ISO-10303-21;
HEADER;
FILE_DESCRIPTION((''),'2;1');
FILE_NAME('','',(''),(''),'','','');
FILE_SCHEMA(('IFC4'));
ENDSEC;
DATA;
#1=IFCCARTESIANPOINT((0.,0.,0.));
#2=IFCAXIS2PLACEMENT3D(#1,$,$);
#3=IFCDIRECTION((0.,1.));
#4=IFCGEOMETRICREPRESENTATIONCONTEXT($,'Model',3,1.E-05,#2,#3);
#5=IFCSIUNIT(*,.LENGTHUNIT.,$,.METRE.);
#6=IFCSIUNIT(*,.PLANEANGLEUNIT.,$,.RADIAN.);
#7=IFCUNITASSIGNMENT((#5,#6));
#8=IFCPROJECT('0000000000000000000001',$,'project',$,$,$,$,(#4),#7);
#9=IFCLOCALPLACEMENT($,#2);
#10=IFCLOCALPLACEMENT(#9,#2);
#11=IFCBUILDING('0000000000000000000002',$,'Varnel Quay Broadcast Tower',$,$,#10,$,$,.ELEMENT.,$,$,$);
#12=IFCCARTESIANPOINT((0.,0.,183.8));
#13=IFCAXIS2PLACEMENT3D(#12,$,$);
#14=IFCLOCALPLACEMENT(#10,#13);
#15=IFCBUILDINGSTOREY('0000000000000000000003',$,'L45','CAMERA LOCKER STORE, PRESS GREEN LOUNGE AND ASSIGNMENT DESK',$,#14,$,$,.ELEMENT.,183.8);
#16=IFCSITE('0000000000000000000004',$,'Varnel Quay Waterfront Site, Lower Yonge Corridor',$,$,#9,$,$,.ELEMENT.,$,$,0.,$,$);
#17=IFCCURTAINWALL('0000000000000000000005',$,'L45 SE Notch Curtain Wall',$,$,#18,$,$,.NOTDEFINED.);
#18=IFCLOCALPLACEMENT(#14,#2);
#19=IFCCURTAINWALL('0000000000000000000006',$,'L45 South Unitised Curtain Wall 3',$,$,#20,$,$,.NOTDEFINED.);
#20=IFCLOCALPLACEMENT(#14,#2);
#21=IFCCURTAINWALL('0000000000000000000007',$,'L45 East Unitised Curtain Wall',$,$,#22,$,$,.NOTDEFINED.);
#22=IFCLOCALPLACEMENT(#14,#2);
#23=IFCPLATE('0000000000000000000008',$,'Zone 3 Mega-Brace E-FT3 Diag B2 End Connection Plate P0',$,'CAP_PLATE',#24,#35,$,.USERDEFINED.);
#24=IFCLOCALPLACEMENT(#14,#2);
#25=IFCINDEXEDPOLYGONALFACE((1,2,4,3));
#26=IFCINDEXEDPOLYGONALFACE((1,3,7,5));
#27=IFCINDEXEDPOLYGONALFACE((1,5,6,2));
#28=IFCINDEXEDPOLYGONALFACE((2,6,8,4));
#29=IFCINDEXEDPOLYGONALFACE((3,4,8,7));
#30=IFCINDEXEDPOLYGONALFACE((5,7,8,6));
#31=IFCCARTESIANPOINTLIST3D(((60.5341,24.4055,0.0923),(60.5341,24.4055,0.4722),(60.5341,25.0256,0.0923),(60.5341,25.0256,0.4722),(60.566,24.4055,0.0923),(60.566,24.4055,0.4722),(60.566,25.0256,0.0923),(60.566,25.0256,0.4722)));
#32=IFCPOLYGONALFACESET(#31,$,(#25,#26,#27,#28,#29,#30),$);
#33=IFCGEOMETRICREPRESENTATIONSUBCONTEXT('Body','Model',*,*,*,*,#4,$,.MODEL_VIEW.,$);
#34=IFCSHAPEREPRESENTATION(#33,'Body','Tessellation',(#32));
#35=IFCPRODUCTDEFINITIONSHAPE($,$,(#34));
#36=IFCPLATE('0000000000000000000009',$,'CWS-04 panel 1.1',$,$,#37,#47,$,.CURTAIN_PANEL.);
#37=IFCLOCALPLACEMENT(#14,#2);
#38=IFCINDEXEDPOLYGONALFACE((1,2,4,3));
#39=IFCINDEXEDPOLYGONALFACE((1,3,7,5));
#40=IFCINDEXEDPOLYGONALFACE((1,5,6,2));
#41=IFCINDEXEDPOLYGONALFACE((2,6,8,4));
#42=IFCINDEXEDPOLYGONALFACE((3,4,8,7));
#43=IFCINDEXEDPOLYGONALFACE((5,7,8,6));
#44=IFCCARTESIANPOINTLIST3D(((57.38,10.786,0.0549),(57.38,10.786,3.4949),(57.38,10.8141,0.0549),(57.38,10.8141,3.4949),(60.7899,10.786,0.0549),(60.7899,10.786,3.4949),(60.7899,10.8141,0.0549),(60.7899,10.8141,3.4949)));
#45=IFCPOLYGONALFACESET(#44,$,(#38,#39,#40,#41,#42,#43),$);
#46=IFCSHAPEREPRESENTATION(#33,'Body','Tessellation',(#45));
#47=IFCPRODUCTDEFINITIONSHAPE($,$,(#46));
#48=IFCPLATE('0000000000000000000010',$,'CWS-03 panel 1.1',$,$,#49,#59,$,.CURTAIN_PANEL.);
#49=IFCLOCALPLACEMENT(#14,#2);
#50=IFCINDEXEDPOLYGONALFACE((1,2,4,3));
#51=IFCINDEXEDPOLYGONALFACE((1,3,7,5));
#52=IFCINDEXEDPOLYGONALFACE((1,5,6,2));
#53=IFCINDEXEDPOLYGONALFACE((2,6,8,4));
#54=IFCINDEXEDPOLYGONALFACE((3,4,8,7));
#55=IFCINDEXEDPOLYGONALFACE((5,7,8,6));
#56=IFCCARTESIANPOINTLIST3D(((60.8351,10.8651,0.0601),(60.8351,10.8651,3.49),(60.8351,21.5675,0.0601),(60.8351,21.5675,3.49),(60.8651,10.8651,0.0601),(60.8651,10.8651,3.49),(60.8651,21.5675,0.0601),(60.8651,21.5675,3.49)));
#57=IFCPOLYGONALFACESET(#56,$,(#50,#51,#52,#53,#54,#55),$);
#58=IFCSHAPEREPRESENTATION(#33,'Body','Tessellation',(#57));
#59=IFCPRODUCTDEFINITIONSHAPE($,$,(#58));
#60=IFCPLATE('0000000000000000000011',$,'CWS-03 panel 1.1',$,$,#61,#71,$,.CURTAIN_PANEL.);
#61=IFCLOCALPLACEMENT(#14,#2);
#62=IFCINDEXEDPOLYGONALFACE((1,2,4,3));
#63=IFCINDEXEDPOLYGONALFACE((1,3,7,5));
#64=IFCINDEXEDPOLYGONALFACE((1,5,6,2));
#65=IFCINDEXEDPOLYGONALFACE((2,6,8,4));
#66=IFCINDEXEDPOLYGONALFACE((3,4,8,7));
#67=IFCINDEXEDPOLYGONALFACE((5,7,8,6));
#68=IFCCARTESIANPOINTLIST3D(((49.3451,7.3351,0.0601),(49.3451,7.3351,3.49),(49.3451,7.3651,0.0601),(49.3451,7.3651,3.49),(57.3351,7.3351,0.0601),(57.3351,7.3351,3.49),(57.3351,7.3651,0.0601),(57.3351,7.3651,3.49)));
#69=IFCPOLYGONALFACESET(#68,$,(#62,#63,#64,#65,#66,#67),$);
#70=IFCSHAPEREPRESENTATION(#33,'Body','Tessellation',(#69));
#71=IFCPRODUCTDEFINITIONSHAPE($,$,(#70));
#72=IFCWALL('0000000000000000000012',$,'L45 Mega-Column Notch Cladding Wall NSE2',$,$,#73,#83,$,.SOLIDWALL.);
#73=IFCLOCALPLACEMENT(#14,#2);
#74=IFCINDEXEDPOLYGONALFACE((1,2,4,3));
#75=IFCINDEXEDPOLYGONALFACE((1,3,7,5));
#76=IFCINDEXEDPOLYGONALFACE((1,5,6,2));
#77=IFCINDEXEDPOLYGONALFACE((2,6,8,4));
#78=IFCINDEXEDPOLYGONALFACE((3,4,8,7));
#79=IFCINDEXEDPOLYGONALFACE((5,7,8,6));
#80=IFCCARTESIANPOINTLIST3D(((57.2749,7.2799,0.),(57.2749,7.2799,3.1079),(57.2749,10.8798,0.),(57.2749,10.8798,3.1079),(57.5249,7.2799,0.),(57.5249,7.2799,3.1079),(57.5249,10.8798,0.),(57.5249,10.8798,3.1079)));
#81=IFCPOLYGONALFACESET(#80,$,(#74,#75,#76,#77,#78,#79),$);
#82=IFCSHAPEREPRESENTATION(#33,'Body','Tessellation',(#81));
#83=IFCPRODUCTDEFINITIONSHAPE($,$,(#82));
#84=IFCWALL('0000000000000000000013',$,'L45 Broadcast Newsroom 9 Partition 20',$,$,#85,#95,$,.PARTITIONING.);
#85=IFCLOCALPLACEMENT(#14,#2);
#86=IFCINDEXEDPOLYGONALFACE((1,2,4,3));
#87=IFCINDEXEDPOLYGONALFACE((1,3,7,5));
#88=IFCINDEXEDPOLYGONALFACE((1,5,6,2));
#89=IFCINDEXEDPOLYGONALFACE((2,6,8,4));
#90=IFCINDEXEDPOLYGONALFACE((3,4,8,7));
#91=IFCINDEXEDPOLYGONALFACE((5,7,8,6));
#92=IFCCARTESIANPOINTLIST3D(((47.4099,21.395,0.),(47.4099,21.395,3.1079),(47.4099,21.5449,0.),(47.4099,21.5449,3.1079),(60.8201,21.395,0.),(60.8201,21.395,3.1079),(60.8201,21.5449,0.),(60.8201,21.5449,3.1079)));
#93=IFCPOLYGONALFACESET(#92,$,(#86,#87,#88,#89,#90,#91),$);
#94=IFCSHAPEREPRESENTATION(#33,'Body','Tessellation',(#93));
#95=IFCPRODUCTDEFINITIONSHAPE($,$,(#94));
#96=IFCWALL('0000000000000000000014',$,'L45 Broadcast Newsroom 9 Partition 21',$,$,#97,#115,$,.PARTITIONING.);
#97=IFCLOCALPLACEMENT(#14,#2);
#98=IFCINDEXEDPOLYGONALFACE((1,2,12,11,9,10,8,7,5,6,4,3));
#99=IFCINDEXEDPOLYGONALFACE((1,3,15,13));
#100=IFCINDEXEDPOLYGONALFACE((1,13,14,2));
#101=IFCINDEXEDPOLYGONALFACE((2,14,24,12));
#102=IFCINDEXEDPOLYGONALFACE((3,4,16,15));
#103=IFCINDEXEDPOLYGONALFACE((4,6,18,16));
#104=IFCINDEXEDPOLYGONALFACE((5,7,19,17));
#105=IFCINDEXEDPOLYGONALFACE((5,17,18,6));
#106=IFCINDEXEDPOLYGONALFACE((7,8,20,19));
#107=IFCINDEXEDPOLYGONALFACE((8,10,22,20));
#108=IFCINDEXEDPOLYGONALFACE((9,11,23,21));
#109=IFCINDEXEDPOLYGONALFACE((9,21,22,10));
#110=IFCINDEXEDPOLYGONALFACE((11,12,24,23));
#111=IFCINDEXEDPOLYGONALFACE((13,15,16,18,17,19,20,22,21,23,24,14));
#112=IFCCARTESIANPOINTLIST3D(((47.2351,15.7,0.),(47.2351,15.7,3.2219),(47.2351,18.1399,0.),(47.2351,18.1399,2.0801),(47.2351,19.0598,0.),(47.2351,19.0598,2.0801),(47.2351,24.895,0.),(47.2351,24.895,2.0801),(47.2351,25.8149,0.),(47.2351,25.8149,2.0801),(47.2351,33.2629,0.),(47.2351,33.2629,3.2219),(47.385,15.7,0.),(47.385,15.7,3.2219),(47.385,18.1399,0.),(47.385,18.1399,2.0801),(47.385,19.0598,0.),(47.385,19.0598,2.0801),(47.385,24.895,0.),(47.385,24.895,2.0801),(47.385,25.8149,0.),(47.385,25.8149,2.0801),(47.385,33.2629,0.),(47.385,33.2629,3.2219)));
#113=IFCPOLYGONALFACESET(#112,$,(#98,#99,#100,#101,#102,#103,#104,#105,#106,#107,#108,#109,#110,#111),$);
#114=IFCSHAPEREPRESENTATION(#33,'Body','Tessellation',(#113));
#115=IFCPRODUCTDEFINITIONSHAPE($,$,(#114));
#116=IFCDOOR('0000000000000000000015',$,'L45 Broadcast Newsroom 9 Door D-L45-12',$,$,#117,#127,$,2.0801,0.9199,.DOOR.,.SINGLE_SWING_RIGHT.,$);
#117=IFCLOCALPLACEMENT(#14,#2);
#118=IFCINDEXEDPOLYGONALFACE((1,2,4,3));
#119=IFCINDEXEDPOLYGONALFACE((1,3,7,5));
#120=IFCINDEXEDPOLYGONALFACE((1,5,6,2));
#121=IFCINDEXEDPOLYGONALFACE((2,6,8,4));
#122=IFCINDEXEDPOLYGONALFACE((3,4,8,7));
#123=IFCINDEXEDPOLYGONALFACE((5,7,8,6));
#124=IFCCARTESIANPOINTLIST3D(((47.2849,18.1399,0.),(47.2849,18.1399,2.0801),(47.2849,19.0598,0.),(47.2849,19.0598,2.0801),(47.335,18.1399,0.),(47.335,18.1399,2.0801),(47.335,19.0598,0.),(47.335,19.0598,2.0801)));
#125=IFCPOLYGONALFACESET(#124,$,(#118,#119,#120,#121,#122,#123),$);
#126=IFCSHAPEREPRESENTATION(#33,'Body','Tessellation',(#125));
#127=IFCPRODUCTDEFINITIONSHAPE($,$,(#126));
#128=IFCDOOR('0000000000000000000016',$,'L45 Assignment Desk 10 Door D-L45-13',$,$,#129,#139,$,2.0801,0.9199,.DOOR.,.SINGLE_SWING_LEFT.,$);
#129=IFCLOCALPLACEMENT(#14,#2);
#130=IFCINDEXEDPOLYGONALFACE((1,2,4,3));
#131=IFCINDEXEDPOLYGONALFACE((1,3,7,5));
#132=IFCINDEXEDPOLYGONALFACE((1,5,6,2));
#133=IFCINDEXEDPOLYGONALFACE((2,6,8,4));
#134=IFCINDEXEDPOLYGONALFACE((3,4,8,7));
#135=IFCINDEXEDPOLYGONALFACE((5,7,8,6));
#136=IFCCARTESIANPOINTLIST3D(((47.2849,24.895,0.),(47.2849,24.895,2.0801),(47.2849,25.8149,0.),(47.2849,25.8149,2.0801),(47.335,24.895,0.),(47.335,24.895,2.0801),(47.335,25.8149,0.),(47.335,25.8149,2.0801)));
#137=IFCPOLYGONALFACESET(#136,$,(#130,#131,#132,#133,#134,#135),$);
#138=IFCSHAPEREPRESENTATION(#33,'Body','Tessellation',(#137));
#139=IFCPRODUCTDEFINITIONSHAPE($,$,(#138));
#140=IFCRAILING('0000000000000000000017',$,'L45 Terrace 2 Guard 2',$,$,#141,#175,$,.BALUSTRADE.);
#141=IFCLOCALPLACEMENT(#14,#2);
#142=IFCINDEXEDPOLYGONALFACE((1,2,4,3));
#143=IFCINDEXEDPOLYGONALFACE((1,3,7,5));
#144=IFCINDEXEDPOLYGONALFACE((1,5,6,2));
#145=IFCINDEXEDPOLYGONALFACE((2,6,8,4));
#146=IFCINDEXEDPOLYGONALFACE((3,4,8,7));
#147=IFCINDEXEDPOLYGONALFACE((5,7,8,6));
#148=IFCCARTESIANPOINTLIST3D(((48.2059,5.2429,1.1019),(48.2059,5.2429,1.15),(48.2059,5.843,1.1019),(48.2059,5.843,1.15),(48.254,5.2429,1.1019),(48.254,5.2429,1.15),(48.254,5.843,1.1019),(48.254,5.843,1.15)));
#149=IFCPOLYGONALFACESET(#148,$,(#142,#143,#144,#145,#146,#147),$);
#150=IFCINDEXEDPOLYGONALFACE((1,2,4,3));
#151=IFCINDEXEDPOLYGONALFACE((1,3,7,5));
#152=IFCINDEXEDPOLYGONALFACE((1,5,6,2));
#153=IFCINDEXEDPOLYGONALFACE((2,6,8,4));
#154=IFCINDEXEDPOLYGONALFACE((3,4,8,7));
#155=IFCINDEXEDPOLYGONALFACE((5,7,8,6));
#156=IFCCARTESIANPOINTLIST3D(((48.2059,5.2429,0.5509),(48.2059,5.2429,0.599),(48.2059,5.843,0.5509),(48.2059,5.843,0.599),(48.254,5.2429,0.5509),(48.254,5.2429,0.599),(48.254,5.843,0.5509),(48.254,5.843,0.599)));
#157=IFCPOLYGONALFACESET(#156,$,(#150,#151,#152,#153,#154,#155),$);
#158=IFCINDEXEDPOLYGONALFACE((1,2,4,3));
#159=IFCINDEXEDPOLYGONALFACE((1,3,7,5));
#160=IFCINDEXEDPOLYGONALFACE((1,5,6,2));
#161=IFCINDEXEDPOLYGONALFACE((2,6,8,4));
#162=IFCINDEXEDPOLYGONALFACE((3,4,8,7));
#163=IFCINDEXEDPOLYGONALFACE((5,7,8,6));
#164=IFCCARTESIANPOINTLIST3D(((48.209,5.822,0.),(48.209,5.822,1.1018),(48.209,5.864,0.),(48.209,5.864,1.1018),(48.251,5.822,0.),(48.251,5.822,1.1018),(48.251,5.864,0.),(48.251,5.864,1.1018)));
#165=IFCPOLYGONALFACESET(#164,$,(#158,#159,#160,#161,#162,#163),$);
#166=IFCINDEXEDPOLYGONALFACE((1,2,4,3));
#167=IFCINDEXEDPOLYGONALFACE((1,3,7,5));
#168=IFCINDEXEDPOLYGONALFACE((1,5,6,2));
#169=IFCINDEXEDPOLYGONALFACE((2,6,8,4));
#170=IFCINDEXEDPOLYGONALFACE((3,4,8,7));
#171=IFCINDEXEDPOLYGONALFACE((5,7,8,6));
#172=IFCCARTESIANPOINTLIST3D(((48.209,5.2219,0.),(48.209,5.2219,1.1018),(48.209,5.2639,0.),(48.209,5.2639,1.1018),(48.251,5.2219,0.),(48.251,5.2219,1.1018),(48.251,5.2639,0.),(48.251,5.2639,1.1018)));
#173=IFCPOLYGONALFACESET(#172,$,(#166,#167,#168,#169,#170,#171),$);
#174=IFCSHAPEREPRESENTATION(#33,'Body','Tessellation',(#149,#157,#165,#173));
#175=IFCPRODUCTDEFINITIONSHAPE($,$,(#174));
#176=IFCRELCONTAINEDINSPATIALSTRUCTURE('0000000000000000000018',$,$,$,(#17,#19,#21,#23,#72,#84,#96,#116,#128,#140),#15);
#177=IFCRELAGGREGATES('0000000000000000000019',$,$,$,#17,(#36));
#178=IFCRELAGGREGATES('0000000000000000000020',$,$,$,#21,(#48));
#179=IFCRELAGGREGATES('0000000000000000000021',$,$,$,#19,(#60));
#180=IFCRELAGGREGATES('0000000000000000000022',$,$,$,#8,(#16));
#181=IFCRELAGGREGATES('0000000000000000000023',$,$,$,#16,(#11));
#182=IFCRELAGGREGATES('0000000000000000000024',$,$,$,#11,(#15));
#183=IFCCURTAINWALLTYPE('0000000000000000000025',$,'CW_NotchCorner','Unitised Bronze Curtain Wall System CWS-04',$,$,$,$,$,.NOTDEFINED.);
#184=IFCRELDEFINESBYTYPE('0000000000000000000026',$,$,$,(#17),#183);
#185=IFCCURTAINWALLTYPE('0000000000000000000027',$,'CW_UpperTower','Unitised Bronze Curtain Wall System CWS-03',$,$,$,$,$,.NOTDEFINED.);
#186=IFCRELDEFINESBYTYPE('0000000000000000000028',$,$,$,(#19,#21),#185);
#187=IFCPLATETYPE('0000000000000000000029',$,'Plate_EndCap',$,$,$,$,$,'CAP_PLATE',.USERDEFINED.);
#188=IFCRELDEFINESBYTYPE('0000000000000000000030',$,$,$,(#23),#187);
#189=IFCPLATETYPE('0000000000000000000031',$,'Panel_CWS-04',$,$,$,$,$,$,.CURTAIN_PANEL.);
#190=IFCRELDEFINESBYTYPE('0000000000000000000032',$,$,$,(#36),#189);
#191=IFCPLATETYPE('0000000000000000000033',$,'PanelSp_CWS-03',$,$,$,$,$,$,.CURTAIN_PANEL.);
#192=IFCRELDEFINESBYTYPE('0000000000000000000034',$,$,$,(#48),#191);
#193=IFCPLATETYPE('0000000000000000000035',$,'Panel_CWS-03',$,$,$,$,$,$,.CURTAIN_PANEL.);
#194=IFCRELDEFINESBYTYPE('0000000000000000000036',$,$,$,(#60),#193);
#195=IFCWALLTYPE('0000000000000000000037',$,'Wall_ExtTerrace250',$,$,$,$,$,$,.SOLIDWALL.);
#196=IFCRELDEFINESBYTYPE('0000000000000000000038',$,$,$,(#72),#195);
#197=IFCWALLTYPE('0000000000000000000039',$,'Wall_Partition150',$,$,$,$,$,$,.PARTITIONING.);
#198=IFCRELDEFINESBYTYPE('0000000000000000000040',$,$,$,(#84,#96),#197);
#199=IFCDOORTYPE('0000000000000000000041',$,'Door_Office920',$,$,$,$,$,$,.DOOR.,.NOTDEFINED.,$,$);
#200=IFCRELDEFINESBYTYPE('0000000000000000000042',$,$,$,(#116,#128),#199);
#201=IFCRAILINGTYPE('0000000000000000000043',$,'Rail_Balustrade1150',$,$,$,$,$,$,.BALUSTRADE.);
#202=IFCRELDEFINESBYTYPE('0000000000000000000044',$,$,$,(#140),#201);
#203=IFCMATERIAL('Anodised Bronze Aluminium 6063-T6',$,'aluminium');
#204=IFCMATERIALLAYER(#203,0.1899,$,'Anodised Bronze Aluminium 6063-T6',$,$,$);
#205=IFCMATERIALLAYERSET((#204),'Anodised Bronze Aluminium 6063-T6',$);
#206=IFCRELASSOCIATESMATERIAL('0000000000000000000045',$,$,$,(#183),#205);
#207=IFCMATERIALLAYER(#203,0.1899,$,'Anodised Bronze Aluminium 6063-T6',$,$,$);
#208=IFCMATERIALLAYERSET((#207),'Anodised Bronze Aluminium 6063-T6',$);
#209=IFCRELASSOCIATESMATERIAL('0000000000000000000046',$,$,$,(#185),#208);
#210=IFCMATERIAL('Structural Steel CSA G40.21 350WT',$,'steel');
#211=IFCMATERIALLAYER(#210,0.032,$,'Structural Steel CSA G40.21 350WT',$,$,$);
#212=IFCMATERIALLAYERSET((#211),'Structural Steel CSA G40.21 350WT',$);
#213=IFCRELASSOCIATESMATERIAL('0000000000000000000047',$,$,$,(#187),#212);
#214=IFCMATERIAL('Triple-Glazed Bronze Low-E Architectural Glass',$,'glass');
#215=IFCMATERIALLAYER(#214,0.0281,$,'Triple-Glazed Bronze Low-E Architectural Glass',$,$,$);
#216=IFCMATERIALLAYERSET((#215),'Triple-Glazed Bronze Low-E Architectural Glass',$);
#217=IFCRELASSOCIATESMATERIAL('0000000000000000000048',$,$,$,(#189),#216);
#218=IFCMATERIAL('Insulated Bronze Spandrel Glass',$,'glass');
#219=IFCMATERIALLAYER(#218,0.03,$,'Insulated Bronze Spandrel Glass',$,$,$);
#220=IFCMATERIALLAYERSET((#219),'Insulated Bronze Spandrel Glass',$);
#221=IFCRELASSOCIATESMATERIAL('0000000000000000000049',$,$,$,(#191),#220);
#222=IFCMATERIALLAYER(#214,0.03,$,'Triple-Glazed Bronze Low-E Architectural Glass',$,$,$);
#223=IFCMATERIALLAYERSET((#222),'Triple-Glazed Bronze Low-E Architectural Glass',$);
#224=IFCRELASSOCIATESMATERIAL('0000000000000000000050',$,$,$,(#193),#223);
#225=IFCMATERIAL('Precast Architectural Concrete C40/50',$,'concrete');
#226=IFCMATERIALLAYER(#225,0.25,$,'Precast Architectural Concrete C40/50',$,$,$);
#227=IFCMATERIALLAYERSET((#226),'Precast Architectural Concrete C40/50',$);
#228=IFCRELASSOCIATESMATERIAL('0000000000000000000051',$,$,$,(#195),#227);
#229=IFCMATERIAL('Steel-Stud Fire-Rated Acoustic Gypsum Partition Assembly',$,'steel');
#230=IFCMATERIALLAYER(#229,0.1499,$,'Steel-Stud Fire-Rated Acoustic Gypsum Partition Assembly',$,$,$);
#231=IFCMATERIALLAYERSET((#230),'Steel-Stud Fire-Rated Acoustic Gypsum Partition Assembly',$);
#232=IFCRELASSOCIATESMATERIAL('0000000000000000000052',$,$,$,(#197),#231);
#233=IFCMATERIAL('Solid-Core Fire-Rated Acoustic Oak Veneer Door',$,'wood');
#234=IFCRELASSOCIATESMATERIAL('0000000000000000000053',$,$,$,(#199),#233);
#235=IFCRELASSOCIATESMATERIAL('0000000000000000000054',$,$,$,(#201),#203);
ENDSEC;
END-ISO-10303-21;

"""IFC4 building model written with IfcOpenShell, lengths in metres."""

from ifc_helpers import new_model, si_unit, direction, frame, frame_2d, origin, origin_2d, place, context, subcontext, project, spatial, rectangle, extrude, source, transform, mapped, material, layer, layer_set, type_object, type_shapes, element, fill, aggregate, save


model = new_model("IFC4")

# Units and contexts
model_context = context("Model", 3, precision=1e-05, world=origin(), true_north=direction((0.0, 1.0)))
body_context = subcontext(model_context, "Body", "Model", "MODEL_VIEW")
ifc_project = project(units=[si_unit("LENGTHUNIT", "METRE"), si_unit("PLANEANGLEUNIT", "RADIAN")], contexts=[model_context])

# Site, building, storey
site_placement = place(None, origin())
site = spatial("IfcSite", under=ifc_project, at=site_placement, Name="Varnel Quay Waterfront Site, Lower Yonge Corridor", CompositionType="ELEMENT", RefElevation=0.0)
building_placement = place(site_placement, origin())
building = spatial("IfcBuilding", under=site, at=building_placement, Name="Varnel Quay Broadcast Tower", CompositionType="ELEMENT")
storey_placement = place(building_placement, frame((0.0, 0.0, 183.8)))
storey = spatial("IfcBuildingStorey", under=building, at=storey_placement, Name="L45", Description="CAMERA LOCKER STORE, PRESS GREEN LOUNGE AND ASSIGNMENT DESK", CompositionType="ELEMENT", Elevation=183.8)

# Shared definitions
ifc_material_1 = material(Name="Structural Steel CSA G40.21 350WT", Category="steel")

# Curtain walls
ifc_material_2 = material(Name="Anodised Bronze Aluminium 6063-T6", Category="aluminium")
ifc_layer_1 = layer(ifc_material_2, 0.1899, Name="Anodised Bronze Aluminium 6063-T6")
ifc_layer_set_1 = layer_set([ifc_layer_1], Name="Anodised Bronze Aluminium 6063-T6")
curtain_wall_type_1 = type_object("IfcCurtainWallType", Name="CW_NotchCorner", Description="Unitised Bronze Curtain Wall System CWS-04", PredefinedType="NOTDEFINED", material=ifc_layer_set_1)
curtain_wall_1_placement = place(storey_placement, origin())
curtain_wall_1 = element("IfcCurtainWall", 1, at=curtain_wall_1_placement, inside=storey, type_object=curtain_wall_type_1, Name="L45 SE Notch Curtain Wall", PredefinedType="NOTDEFINED")
ifc_layer_2 = layer(ifc_material_2, 0.1899, Name="Anodised Bronze Aluminium 6063-T6")
ifc_layer_set_2 = layer_set([ifc_layer_2], Name="Anodised Bronze Aluminium 6063-T6")
curtain_wall_type_2 = type_object("IfcCurtainWallType", Name="CW_UpperTower", Description="Unitised Bronze Curtain Wall System CWS-03", PredefinedType="NOTDEFINED", material=ifc_layer_set_2)
curtain_wall_2_placement = place(storey_placement, origin())
curtain_wall_2 = element("IfcCurtainWall", 2, at=curtain_wall_2_placement, inside=storey, type_object=curtain_wall_type_2, Name="L45 South Unitised Curtain Wall 3", PredefinedType="NOTDEFINED")
curtain_wall_3_placement = place(storey_placement, origin())
curtain_wall_3 = element("IfcCurtainWall", 3, at=curtain_wall_3_placement, inside=storey, type_object=curtain_wall_type_2, Name="L45 East Unitised Curtain Wall", PredefinedType="NOTDEFINED")

# Plates
ifc_layer_3 = layer(ifc_material_1, 0.032, Name="Structural Steel CSA G40.21 350WT")
ifc_layer_set_3 = layer_set([ifc_layer_3], Name="Structural Steel CSA G40.21 350WT")
plate_type_1 = type_object("IfcPlateType", Name="Plate_EndCap", ElementType="CAP_PLATE", PredefinedType="USERDEFINED", material=ifc_layer_set_3)
shared_shape_1 = source(origin(), body_context, "Body", "SweptSolid", [
    extrude(rectangle(XDim=0.6201, YDim=0.032, at=origin_2d()), origin(), (0.0, 0.0, 1.0), 0.3799),
])
type_shapes(plate_type_1, [shared_shape_1])
plate_1_placement = place(storey_placement, frame((60.55, 24.7156, 0.0923), z_axis=(0.0, 0.0, 1.0), x_axis=(0.0, 1.0, 0.0)))
element("IfcPlate", 4, at=plate_1_placement, inside=storey, type_object=plate_type_1, Name="Zone 3 Mega-Brace E-FT3 Diag B2 End Connection Plate P0", ObjectType="CAP_PLATE", PredefinedType="USERDEFINED", context=body_context, shape_type="MappedRepresentation", body=[
    mapped(shared_shape_1, transform((0.0, 0.0, 0.0), x_axis=(1.0, 0.0, 0.0), y_axis=(0.0, 1.0, 0.0), z_axis=(0.0, 0.0, 1.0), scale=1.0)),
])
ifc_material_3 = material(Name="Triple-Glazed Bronze Low-E Architectural Glass", Category="glass")
ifc_layer_4 = layer(ifc_material_3, 0.0281, Name="Triple-Glazed Bronze Low-E Architectural Glass")
ifc_layer_set_4 = layer_set([ifc_layer_4], Name="Triple-Glazed Bronze Low-E Architectural Glass")
plate_type_2 = type_object("IfcPlateType", Name="Panel_CWS-04", PredefinedType="CURTAIN_PANEL", material=ifc_layer_set_4)
shared_shape_2 = source(origin(), body_context, "Body", "SweptSolid", [
    extrude(rectangle(XDim=3.4099, YDim=0.0281, at=origin_2d()), origin(), (0.0, 0.0, 1.0), 3.4399),
])
type_shapes(plate_type_2, [shared_shape_2])
plate_2_placement = place(storey_placement, frame((59.085, 10.8, 0.0549), z_axis=(0.0, 0.0, 1.0), x_axis=(1.0, 0.0, 0.0)))
plate_2 = element("IfcPlate", 5, at=plate_2_placement, type_object=plate_type_2, Name="CWS-04 panel 1.1", PredefinedType="CURTAIN_PANEL", context=body_context, shape_type="MappedRepresentation", body=[
    mapped(shared_shape_2, transform((0.0, 0.0, 0.0), x_axis=(1.0, 0.0, 0.0), y_axis=(0.0, 1.0, 0.0), z_axis=(0.0, 0.0, 1.0), scale=1.0)),
])
aggregate(curtain_wall_1, [plate_2])
ifc_material_4 = material(Name="Insulated Bronze Spandrel Glass", Category="glass")
ifc_layer_5 = layer(ifc_material_4, 0.03, Name="Insulated Bronze Spandrel Glass")
ifc_layer_set_5 = layer_set([ifc_layer_5], Name="Insulated Bronze Spandrel Glass")
plate_type_3 = type_object("IfcPlateType", Name="PanelSp_CWS-03", PredefinedType="CURTAIN_PANEL", material=ifc_layer_set_5)
shared_shape_3 = source(origin(), body_context, "Body", "SweptSolid", [
    extrude(rectangle(XDim=10.7024, YDim=0.03, at=origin_2d()), origin(), (0.0, 0.0, 1.0), 3.4299),
])
type_shapes(plate_type_3, [shared_shape_3])
plate_3_placement = place(storey_placement, frame((60.8501, 16.2163, 0.0601), z_axis=(0.0, 0.0, 1.0), x_axis=(0.0, 1.0, 0.0)))
plate_3 = element("IfcPlate", 6, at=plate_3_placement, type_object=plate_type_3, Name="CWS-03 panel 1.1", PredefinedType="CURTAIN_PANEL", context=body_context, shape_type="MappedRepresentation", body=[
    mapped(shared_shape_3, transform((0.0, 0.0, 0.0), x_axis=(1.0, 0.0, 0.0), y_axis=(0.0, 1.0, 0.0), z_axis=(0.0, 0.0, 1.0), scale=1.0)),
])
aggregate(curtain_wall_3, [plate_3])
ifc_layer_6 = layer(ifc_material_3, 0.03, Name="Triple-Glazed Bronze Low-E Architectural Glass")
ifc_layer_set_6 = layer_set([ifc_layer_6], Name="Triple-Glazed Bronze Low-E Architectural Glass")
plate_type_4 = type_object("IfcPlateType", Name="Panel_CWS-03", PredefinedType="CURTAIN_PANEL", material=ifc_layer_set_6)
shared_shape_4 = source(origin(), body_context, "Body", "SweptSolid", [
    extrude(rectangle(XDim=7.99, YDim=0.03, at=origin_2d()), origin(), (0.0, 0.0, 1.0), 3.4299),
])
type_shapes(plate_type_4, [shared_shape_4])
plate_4_placement = place(storey_placement, frame((53.3401, 7.3501, 0.0601), z_axis=(0.0, 0.0, 1.0), x_axis=(1.0, 0.0, 0.0)))
plate_4 = element("IfcPlate", 7, at=plate_4_placement, type_object=plate_type_4, Name="CWS-03 panel 1.1", PredefinedType="CURTAIN_PANEL", context=body_context, shape_type="MappedRepresentation", body=[
    mapped(shared_shape_4, transform((0.0, 0.0, 0.0), x_axis=(1.0, 0.0, 0.0), y_axis=(0.0, 1.0, 0.0), z_axis=(0.0, 0.0, 1.0), scale=1.0)),
])
aggregate(curtain_wall_2, [plate_4])

# Walls
ifc_material_5 = material(Name="Precast Architectural Concrete C40/50", Category="concrete")
ifc_layer_7 = layer(ifc_material_5, 0.25, Name="Precast Architectural Concrete C40/50")
ifc_layer_set_7 = layer_set([ifc_layer_7], Name="Precast Architectural Concrete C40/50")
wall_type_1 = type_object("IfcWallType", Name="Wall_ExtTerrace250", PredefinedType="SOLIDWALL", material=ifc_layer_set_7)
wall_1_placement = place(storey_placement, frame((57.3999, 7.28, 0.0), z_axis=(0.0, 0.0, 1.0), x_axis=(0.0, 1.0, 0.0)))
element("IfcWall", 8, at=wall_1_placement, inside=storey, type_object=wall_type_1, Name="L45 Mega-Column Notch Cladding Wall NSE2", PredefinedType="SOLIDWALL", context=body_context, shape_type="SweptSolid", body=[
    extrude(rectangle(XDim=3.5999, YDim=0.25, at=frame_2d((1.7998, 0.0))), origin(), (0.0, 0.0, 1.0), 3.1079),
])
ifc_material_6 = material(Name="Steel-Stud Fire-Rated Acoustic Gypsum Partition Assembly", Category="steel")
ifc_layer_8 = layer(ifc_material_6, 0.1499, Name="Steel-Stud Fire-Rated Acoustic Gypsum Partition Assembly")
ifc_layer_set_8 = layer_set([ifc_layer_8], Name="Steel-Stud Fire-Rated Acoustic Gypsum Partition Assembly")
wall_type_2 = type_object("IfcWallType", Name="Wall_Partition150", PredefinedType="PARTITIONING", material=ifc_layer_set_8)
wall_2_placement = place(storey_placement, frame((47.4099, 21.47, 0.0), z_axis=(0.0, 0.0, 1.0), x_axis=(1.0, 0.0, 0.0)))
element("IfcWall", 9, at=wall_2_placement, inside=storey, type_object=wall_type_2, Name="L45 Broadcast Newsroom 9 Partition 20", PredefinedType="PARTITIONING", context=body_context, shape_type="SweptSolid", body=[
    extrude(rectangle(XDim=13.4102, YDim=0.1499, at=frame_2d((6.7051, 0.0))), origin(), (0.0, 0.0, 1.0), 3.1079),
])

# Wall, openings, doors
wall_3_placement = place(storey_placement, frame((47.3101, 15.7, 0.0), z_axis=(0.0, 0.0, 1.0), x_axis=(0.0, 1.0, 0.0)))
wall_3 = element("IfcWall", 10, at=wall_3_placement, inside=storey, type_object=wall_type_2, Name="L45 Broadcast Newsroom 9 Partition 21", PredefinedType="PARTITIONING", context=body_context, shape_type="SweptSolid", body=[
    extrude(rectangle(XDim=17.563, YDim=0.1499, at=frame_2d((8.7815, 0.0))), origin(), (0.0, 0.0, 1.0), 3.2219),
])
opening_1_placement = place(wall_3_placement, frame((2.4399, 0.0, 0.0)))
opening_1 = element("IfcOpeningElement", 11, at=opening_1_placement, cuts=wall_3, PredefinedType="OPENING", context=body_context, shape_type="SweptSolid", body=[
    extrude(rectangle(XDim=0.9199, YDim=2.0801, at=frame_2d((0.46, 1.04))), frame((0.0, 0.085, 0.0), z_axis=(0.0, -1.0, 0.0), x_axis=(1.0, 0.0, 0.0)), (0.0, 0.0, 1.0), 0.1699),
])
opening_2_placement = place(wall_3_placement, frame((9.1951, 0.0, 0.0)))
opening_2 = element("IfcOpeningElement", 12, at=opening_2_placement, cuts=wall_3, PredefinedType="OPENING", context=body_context, shape_type="SweptSolid", body=[
    extrude(rectangle(XDim=0.9199, YDim=2.0801, at=frame_2d((0.46, 1.04))), frame((0.0, 0.085, 0.0), z_axis=(0.0, -1.0, 0.0), x_axis=(1.0, 0.0, 0.0)), (0.0, 0.0, 1.0), 0.1699),
])
ifc_material_7 = material(Name="Solid-Core Fire-Rated Acoustic Oak Veneer Door", Category="wood")
door_type = type_object("IfcDoorType", Name="Door_Office920", OperationType="NOTDEFINED", PredefinedType="DOOR", material=ifc_material_7)
shared_shape_5 = source(origin(), body_context, "Body", "SweptSolid", [
    extrude(rectangle(XDim=0.9199, YDim=2.0801, at=frame_2d((0.46, 1.04))), frame((0.0, 0.0249, 0.0), z_axis=(0.0, -1.0, 0.0), x_axis=(1.0, 0.0, 0.0)), (0.0, 0.0, 1.0), 0.05),
])
type_shapes(door_type, [shared_shape_5])
door_1_placement = place(opening_1_placement, frame((0.9199, 0.0, 0.0), z_axis=(0.0, 0.0, 1.0), x_axis=(-1.0, 0.0, 0.0)))
door_1 = element("IfcDoor", 13, at=door_1_placement, inside=storey, type_object=door_type, Name="L45 Broadcast Newsroom 9 Door D-L45-12", OperationType="SINGLE_SWING_RIGHT", OverallHeight=2.0801, OverallWidth=0.9199, PredefinedType="DOOR", context=body_context, shape_type="MappedRepresentation", body=[
    mapped(shared_shape_5, transform((0.0, 0.0, 0.0), x_axis=(1.0, 0.0, 0.0), y_axis=(0.0, 1.0, 0.0), z_axis=(0.0, 0.0, 1.0), scale=1.0)),
])
fill(opening_1, door_1)
door_2_placement = place(opening_2_placement, frame((0.9199, 0.0, 0.0), z_axis=(0.0, 0.0, 1.0), x_axis=(-1.0, 0.0, 0.0)))
door_2 = element("IfcDoor", 14, at=door_2_placement, inside=storey, type_object=door_type, Name="L45 Assignment Desk 10 Door D-L45-13", OperationType="SINGLE_SWING_LEFT", OverallHeight=2.0801, OverallWidth=0.9199, PredefinedType="DOOR", context=body_context, shape_type="MappedRepresentation", body=[
    mapped(shared_shape_5, transform((0.0, 0.0, 0.0), x_axis=(1.0, 0.0, 0.0), y_axis=(0.0, 1.0, 0.0), z_axis=(0.0, 0.0, 1.0), scale=1.0)),
])
fill(opening_2, door_2)

# Railing
railing_type = type_object("IfcRailingType", Name="Rail_Balustrade1150", PredefinedType="BALUSTRADE", material=ifc_material_2)
railing_1_placement = place(storey_placement, frame((48.23, 5.843, 0.0)))
element("IfcRailing", 15, at=railing_1_placement, inside=storey, type_object=railing_type, Name="L45 Terrace 2 Guard 2", PredefinedType="BALUSTRADE", context=body_context, shape_type="SweptSolid", body=[
    extrude(rectangle(XDim=0.0481, YDim=0.0481, at=origin_2d()), frame((0.0, 0.0, 1.126), z_axis=(0.0, -1.0, 0.0), x_axis=(1.0, 0.0, 0.0)), (0.0, 0.0, 1.0), 0.6001),
    extrude(rectangle(XDim=0.0481, YDim=0.0481, at=origin_2d()), frame((0.0, 0.0, 0.575), z_axis=(0.0, -1.0, 0.0), x_axis=(1.0, 0.0, 0.0)), (0.0, 0.0, 1.0), 0.6001),
    extrude(rectangle(XDim=0.042, YDim=0.042, at=origin_2d()), origin(), (0.0, 0.0, 1.0), 1.1018),
    extrude(rectangle(XDim=0.042, YDim=0.042, at=origin_2d()), frame((0.0, -0.6001, 0.0)), (0.0, 0.0, 1.0), 1.1018),
])

save(model, "model.ifc")
